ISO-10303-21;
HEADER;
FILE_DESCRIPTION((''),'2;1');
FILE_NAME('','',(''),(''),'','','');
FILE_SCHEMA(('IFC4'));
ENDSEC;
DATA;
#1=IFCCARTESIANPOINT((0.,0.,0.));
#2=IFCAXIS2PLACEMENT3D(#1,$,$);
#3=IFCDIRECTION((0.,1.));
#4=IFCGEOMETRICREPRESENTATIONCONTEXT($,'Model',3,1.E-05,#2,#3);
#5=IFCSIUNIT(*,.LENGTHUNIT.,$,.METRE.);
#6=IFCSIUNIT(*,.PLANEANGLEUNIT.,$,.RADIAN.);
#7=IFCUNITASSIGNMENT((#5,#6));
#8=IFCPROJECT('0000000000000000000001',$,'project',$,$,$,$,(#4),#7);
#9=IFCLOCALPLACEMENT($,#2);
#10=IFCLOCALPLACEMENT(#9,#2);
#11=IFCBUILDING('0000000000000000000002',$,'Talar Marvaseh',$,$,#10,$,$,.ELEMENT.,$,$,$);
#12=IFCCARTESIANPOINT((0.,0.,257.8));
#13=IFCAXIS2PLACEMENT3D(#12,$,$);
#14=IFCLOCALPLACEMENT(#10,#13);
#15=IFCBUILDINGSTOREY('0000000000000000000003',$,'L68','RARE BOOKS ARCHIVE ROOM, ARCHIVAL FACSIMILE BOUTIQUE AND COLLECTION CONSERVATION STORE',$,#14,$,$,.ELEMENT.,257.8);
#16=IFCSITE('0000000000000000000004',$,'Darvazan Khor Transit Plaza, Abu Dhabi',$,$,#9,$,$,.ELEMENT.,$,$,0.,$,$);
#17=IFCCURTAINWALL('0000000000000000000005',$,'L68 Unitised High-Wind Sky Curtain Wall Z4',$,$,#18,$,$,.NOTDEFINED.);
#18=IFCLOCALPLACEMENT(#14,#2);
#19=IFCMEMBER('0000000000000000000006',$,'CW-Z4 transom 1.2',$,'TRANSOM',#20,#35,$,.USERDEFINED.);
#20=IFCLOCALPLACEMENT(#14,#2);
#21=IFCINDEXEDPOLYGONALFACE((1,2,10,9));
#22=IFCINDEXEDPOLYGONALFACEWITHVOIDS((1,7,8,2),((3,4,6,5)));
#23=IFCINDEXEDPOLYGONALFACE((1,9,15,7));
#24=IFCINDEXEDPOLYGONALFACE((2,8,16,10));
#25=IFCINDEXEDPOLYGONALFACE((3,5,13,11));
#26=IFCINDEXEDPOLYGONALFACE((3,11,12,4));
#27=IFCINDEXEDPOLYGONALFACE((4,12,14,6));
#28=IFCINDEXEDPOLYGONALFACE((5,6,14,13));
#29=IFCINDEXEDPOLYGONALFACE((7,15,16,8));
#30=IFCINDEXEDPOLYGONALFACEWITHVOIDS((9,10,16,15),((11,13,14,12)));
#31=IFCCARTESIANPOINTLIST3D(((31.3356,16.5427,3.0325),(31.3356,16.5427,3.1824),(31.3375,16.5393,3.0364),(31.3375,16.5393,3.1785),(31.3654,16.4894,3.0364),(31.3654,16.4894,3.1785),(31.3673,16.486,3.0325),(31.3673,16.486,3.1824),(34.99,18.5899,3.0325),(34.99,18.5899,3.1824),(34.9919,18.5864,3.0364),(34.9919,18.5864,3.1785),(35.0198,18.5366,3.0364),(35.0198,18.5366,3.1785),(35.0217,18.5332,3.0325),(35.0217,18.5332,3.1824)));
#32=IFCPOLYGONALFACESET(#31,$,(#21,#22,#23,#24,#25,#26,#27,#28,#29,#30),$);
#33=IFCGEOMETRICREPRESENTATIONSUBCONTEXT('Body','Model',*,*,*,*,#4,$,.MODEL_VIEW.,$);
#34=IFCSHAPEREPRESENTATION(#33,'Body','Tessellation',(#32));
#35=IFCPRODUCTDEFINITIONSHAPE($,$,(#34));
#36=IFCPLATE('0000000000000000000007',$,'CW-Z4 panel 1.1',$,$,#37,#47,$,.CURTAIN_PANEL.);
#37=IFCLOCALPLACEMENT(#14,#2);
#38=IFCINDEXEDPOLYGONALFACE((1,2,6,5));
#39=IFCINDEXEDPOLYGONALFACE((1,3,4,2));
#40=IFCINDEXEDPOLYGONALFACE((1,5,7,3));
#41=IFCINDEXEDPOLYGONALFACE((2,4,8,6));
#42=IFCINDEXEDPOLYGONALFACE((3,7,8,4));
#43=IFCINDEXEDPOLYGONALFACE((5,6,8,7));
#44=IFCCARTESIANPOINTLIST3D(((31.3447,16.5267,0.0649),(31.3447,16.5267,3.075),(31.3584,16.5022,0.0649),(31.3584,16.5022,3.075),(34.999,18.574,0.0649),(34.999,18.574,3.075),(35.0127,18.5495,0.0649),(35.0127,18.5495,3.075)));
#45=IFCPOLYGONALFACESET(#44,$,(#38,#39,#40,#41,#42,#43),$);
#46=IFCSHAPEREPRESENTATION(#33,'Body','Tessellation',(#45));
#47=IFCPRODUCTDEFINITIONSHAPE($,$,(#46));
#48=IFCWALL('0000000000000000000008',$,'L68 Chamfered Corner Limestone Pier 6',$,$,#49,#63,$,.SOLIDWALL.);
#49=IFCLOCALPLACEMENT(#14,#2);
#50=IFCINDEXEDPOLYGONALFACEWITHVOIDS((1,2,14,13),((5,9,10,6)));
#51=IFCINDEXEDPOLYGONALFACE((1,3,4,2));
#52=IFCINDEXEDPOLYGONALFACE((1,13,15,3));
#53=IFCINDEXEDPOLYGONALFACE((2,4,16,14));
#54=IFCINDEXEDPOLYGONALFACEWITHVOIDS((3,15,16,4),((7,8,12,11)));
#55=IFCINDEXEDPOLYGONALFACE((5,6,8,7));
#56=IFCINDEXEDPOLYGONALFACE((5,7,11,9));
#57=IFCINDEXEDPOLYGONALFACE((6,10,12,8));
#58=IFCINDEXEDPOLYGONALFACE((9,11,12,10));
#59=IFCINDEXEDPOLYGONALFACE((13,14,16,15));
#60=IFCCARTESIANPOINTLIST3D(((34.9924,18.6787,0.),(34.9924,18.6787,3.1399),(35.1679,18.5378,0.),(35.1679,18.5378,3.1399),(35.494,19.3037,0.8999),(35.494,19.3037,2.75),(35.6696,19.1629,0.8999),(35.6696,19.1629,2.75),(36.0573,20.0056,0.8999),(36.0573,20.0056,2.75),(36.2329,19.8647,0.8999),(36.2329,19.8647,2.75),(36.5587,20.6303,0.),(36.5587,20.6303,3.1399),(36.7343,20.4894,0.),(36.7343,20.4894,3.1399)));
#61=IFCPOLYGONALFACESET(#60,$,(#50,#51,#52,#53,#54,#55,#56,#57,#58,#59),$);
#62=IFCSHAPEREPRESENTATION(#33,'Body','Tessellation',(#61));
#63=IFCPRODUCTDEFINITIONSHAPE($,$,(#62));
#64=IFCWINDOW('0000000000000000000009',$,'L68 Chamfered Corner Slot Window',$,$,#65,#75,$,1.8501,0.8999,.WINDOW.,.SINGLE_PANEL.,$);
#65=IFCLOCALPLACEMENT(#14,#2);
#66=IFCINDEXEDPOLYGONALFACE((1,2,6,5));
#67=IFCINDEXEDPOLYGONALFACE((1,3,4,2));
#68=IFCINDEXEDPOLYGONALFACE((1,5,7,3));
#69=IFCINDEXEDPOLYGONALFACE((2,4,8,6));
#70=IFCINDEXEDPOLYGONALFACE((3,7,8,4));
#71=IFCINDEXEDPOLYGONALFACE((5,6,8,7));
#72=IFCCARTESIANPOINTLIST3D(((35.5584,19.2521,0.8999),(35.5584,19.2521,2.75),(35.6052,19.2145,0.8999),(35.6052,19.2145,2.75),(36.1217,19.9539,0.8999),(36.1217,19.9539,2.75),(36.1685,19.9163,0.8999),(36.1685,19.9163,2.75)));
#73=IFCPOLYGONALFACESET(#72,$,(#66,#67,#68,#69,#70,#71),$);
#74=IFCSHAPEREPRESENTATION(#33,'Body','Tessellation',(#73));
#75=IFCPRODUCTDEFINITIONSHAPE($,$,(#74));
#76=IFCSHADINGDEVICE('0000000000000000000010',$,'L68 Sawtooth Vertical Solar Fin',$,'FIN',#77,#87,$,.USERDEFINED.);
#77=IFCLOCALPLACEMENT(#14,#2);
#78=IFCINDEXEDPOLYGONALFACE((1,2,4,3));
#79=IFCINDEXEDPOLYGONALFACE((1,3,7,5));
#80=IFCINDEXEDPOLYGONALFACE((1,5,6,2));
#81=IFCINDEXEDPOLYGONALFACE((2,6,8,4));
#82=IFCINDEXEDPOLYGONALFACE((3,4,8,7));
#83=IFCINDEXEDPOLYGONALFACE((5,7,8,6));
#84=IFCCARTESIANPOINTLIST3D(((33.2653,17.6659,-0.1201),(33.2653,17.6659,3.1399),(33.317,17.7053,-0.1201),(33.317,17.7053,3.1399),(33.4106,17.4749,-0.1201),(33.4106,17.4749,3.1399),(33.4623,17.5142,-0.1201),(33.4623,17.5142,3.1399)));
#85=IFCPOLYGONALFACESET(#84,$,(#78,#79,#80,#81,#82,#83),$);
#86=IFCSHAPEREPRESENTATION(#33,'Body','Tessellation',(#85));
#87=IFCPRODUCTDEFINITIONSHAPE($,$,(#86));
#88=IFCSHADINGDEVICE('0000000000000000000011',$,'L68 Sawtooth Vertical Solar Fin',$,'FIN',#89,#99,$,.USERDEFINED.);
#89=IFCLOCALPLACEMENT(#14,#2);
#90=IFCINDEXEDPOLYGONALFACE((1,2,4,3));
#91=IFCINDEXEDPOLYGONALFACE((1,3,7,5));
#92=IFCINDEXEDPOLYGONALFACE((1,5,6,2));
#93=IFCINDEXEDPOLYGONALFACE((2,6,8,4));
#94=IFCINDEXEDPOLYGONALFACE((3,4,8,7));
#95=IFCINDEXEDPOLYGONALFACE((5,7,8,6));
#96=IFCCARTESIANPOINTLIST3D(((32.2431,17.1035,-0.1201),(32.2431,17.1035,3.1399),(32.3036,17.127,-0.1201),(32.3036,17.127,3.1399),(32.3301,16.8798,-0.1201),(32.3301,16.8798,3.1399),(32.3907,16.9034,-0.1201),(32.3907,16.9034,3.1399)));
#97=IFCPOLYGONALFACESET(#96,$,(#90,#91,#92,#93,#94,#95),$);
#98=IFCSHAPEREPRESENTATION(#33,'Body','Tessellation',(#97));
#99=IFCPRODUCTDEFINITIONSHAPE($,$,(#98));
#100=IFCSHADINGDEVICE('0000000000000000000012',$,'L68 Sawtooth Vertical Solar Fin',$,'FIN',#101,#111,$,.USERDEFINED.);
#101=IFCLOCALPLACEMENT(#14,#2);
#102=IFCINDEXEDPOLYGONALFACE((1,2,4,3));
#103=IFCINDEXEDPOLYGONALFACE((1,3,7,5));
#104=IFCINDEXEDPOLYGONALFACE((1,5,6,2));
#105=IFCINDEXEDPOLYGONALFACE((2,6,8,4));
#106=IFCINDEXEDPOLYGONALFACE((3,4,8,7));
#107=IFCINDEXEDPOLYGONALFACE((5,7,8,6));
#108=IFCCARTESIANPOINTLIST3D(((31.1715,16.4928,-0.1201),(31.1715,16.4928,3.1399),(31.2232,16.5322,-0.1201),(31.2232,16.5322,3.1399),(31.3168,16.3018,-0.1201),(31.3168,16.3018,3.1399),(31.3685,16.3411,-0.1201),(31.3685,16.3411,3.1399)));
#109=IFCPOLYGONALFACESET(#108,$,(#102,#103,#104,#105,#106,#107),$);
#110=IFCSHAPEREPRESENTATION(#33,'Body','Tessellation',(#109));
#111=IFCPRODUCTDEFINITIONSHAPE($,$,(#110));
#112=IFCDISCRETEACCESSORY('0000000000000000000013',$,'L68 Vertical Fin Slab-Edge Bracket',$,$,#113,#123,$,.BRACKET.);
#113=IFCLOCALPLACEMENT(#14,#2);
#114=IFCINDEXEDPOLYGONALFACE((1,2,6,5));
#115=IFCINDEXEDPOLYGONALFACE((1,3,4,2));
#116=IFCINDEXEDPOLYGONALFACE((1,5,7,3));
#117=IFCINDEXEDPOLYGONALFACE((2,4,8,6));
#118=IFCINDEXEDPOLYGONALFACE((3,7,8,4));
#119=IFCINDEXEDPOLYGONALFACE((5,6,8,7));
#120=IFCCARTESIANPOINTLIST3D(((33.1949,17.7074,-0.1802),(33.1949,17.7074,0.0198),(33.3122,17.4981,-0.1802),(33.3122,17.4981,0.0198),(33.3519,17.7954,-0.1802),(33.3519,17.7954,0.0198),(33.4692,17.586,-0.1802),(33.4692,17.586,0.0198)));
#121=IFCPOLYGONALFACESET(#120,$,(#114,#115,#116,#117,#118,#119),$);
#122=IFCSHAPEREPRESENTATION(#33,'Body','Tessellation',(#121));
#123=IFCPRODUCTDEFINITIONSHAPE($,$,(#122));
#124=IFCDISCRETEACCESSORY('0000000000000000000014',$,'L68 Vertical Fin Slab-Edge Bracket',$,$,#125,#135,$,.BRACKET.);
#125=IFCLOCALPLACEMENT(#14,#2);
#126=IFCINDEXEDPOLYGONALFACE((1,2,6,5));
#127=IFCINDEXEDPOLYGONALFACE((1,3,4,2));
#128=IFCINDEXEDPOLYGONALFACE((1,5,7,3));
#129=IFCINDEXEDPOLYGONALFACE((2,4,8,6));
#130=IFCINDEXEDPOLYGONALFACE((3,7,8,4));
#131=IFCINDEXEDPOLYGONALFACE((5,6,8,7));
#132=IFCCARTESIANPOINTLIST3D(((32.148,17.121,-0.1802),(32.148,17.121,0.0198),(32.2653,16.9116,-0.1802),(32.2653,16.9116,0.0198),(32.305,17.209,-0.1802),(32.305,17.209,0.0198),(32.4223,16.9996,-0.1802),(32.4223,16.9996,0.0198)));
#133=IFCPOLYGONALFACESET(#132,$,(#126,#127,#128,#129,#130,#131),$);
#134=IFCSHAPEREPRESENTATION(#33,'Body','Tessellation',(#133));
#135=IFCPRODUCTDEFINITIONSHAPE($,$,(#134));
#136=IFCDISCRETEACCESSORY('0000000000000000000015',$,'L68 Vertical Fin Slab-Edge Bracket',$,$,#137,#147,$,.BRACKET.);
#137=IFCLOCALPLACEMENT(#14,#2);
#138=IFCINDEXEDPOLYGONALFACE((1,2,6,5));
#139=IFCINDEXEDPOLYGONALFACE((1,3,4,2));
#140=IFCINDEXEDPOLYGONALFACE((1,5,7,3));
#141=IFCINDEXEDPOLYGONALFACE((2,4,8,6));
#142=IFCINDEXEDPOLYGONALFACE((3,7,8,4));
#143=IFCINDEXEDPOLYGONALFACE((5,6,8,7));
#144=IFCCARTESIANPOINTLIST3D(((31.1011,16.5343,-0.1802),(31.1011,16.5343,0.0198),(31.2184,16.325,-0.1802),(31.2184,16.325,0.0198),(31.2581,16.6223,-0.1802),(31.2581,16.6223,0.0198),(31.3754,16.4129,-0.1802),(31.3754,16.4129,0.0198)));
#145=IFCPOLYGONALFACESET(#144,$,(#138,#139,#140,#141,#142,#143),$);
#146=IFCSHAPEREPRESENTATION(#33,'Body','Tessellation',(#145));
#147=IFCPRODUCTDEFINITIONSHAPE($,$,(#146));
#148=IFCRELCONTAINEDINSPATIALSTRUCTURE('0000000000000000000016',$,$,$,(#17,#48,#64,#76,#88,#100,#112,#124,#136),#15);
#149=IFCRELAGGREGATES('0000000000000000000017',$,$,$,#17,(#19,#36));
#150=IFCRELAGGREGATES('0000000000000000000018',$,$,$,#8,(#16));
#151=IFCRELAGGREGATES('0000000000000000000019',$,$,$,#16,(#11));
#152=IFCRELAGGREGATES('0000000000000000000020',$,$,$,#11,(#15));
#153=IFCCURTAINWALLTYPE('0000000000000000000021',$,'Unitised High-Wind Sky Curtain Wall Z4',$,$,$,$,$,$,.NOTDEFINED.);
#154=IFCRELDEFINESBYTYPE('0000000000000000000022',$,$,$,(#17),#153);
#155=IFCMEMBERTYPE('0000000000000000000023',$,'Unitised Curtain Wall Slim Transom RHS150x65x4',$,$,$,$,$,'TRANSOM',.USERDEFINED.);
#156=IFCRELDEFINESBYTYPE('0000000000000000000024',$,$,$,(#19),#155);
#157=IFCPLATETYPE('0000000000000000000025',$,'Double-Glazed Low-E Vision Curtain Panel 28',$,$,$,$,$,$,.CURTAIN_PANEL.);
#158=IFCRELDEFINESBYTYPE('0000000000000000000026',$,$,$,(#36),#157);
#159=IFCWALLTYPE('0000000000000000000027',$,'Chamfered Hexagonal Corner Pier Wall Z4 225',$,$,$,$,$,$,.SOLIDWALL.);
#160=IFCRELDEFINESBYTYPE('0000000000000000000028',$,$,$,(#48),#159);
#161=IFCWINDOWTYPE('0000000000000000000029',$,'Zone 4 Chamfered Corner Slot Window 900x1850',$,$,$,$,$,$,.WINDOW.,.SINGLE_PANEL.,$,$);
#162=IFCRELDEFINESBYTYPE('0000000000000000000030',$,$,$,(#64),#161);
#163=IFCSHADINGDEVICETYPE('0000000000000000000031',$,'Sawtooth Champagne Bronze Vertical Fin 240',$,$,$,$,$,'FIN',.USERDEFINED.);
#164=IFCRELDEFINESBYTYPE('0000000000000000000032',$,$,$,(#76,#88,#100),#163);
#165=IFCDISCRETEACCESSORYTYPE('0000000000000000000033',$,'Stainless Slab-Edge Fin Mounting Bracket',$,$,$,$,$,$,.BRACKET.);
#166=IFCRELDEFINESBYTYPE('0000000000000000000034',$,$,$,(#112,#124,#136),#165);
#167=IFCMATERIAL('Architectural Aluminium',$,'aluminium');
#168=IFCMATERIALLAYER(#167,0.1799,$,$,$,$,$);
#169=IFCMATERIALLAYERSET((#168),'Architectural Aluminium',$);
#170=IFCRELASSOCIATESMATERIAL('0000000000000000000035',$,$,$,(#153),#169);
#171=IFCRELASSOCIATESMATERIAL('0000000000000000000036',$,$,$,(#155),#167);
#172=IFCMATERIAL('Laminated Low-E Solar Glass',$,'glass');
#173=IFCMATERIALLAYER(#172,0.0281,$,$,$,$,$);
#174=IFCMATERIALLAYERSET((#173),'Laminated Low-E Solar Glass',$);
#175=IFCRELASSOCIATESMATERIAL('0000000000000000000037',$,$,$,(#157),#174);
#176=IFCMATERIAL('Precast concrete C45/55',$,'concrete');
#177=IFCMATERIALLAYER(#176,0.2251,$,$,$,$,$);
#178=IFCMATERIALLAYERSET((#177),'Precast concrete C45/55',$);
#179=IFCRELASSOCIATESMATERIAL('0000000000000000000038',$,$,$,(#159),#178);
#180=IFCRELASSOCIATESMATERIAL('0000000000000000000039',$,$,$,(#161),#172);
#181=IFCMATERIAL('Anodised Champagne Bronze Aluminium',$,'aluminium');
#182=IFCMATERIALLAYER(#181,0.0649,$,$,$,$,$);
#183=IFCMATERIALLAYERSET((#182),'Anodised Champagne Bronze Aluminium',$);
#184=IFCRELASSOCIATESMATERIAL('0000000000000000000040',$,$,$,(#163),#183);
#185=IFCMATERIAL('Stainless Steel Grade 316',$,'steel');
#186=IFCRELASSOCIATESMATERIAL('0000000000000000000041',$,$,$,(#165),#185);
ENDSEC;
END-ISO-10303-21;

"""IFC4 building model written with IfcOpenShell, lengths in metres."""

from ifc_helpers import new_model, si_unit, direction, frame, frame_2d, origin, origin_2d, place, context, subcontext, project, spatial, rectangle, hollow_rectangle, extrude, source, transform, mapped, material, layer, layer_set, material_profile, profile_set, type_object, type_shapes, element, fill, aggregate, save


model = new_model("IFC4")

# Units and contexts
model_context = context("Model", 3, precision=1e-05, world=origin(), true_north=direction((0.0, 1.0)))
body_context = subcontext(model_context, "Body", "Model", "MODEL_VIEW")
ifc_project = project(units=[si_unit("LENGTHUNIT", "METRE"), si_unit("PLANEANGLEUNIT", "RADIAN")], contexts=[model_context])

# Site, building, storey
site_placement = place(None, origin())
site = spatial("IfcSite", under=ifc_project, at=site_placement, Name="Darvazan Khor Transit Plaza, Abu Dhabi", CompositionType="ELEMENT", RefElevation=0.0)
building_placement = place(site_placement, origin())
building = spatial("IfcBuilding", under=site, at=building_placement, Name="Talar Marvaseh", CompositionType="ELEMENT")
storey_placement = place(building_placement, frame((0.0, 0.0, 257.8)))
storey = spatial("IfcBuildingStorey", under=building, at=storey_placement, Name="L68", Description="RARE BOOKS ARCHIVE ROOM, ARCHIVAL FACSIMILE BOUTIQUE AND COLLECTION CONSERVATION STORE", CompositionType="ELEMENT", Elevation=257.8)

# Curtain wall, member, plate
ifc_material_1 = material(Name="Architectural Aluminium", Category="aluminium")
ifc_layer_1 = layer(ifc_material_1, 0.1799)
ifc_layer_set_1 = layer_set([ifc_layer_1], Name="Architectural Aluminium")
curtain_wall_type = type_object("IfcCurtainWallType", Name="Unitised High-Wind Sky Curtain Wall Z4", PredefinedType="NOTDEFINED", material=ifc_layer_set_1)
curtain_wall_placement = place(storey_placement, origin())
curtain_wall = element("IfcCurtainWall", 1, at=curtain_wall_placement, inside=storey, type_object=curtain_wall_type, Name="L68 Unitised High-Wind Sky Curtain Wall Z4", PredefinedType="NOTDEFINED")
ifc_material_profile_1 = material_profile(ifc_material_1, hollow_rectangle(XDim=0.0649, YDim=0.1499, WallThickness=0.0039, at=origin_2d()), Name="RHS150x65x4")
ifc_profile_set_1 = profile_set([ifc_material_profile_1], Name="Architectural Aluminium")
member_type_1 = type_object("IfcMemberType", Name="Unitised Curtain Wall Slim Transom RHS150x65x4", ElementType="TRANSOM", PredefinedType="USERDEFINED", material=ifc_profile_set_1)
shared_shape_1 = source(origin(), body_context, "Body", "SweptSolid", [
    extrude(hollow_rectangle(XDim=0.0649, YDim=0.1499, WallThickness=0.0039, at=origin_2d()), origin(), (0.0, 0.0, 1.0), 4.1887),
])
member_1_placement = place(storey_placement, frame((35.0059, 18.5615, 3.1074), z_axis=(-0.872433, -0.488733, 0.0), x_axis=(0.488733, -0.872433, 0.0)))
member_1 = element("IfcMember", 2, at=member_1_placement, type_object=member_type_1, Name="CW-Z4 transom 1.2", ObjectType="TRANSOM", PredefinedType="USERDEFINED", context=body_context, shape_type="MappedRepresentation", body=[
    mapped(shared_shape_1, transform((0.0, 0.0, 0.0), x_axis=(1.0, 0.0, 0.0), y_axis=(0.0, 1.0, 0.0), z_axis=(0.0, 0.0, 1.0), scale=1.0)),
])
ifc_material_2 = material(Name="Laminated Low-E Solar Glass", Category="glass")
ifc_layer_2 = layer(ifc_material_2, 0.0281)
ifc_layer_set_2 = layer_set([ifc_layer_2], Name="Laminated Low-E Solar Glass")
plate_type = type_object("IfcPlateType", Name="Double-Glazed Low-E Vision Curtain Panel 28", PredefinedType="CURTAIN_PANEL", material=ifc_layer_set_2)
shared_shape_2 = source(origin(), body_context, "Body", "SweptSolid", [
    extrude(rectangle(XDim=4.1887, YDim=0.0281, at=origin_2d()), origin(), (0.0, 0.0, 1.0), 3.01),
])
type_shapes(plate_type, [shared_shape_2])
plate_placement = place(storey_placement, frame((33.1787, 17.5381, 0.0649), z_axis=(0.0, 0.0, 1.0), x_axis=(-0.872422, -0.488754, 0.0)))
plate = element("IfcPlate", 3, at=plate_placement, type_object=plate_type, Name="CW-Z4 panel 1.1", PredefinedType="CURTAIN_PANEL", context=body_context, shape_type="MappedRepresentation", body=[
    mapped(shared_shape_2, transform((0.0, 0.0, 0.0), x_axis=(1.0, 0.0, 0.0), y_axis=(0.0, 1.0, 0.0), z_axis=(0.0, 0.0, 1.0), scale=1.0)),
])
aggregate(curtain_wall, [member_1, plate])

# Wall, opening, window
ifc_material_3 = material(Name="Precast concrete C45/55", Category="concrete")
ifc_layer_3 = layer(ifc_material_3, 0.2251)
ifc_layer_set_3 = layer_set([ifc_layer_3], Name="Precast concrete C45/55")
wall_type = type_object("IfcWallType", Name="Chamfered Hexagonal Corner Pier Wall Z4 225", PredefinedType="SOLIDWALL", material=ifc_layer_set_3)
wall_placement = place(storey_placement, frame((36.6465, 20.5598, 0.0), z_axis=(0.0, 0.0, 1.0), x_axis=(-0.625932, -0.779878, 0.0)))
wall = element("IfcWall", 4, at=wall_placement, inside=storey, type_object=wall_type, Name="L68 Chamfered Corner Limestone Pier 6", PredefinedType="SOLIDWALL", context=body_context, shape_type="SweptSolid", body=[
    extrude(rectangle(XDim=2.5024, YDim=0.2251, at=frame_2d((1.2512, 0.0))), origin(), (0.0, 0.0, 1.0), 3.1399),
])
opening_placement = place(wall_placement, frame((0.801, 0.0, 0.8999)))
opening = element("IfcOpeningElement", 5, at=opening_placement, cuts=wall, PredefinedType="OPENING", context=body_context, shape_type="SweptSolid", body=[
    extrude(rectangle(XDim=0.8999, YDim=1.8501, at=frame_2d((0.45, 0.925))), frame((0.0, 0.1226, 0.0), z_axis=(0.0, -1.0, 0.0), x_axis=(1.0, 0.0, 0.0)), (0.0, 0.0, 1.0), 0.2451),
])
window_type = type_object("IfcWindowType", Name="Zone 4 Chamfered Corner Slot Window 900x1850", PartitioningType="SINGLE_PANEL", PredefinedType="WINDOW", material=ifc_material_2)
shared_shape_3 = source(origin(), body_context, "Body", "SweptSolid", [
    extrude(rectangle(XDim=0.8999, YDim=1.8501, at=frame_2d((0.45, 0.925))), frame((0.0, 0.03, 0.0), z_axis=(0.0, -1.0, 0.0), x_axis=(1.0, 0.0, 0.0)), (0.0, 0.0, 1.0), 0.0601),
])
type_shapes(window_type, [shared_shape_3])
window_placement = place(opening_placement, origin())
window = element("IfcWindow", 6, at=window_placement, inside=storey, type_object=window_type, Name="L68 Chamfered Corner Slot Window", OverallHeight=1.8501, OverallWidth=0.8999, PartitioningType="SINGLE_PANEL", PredefinedType="WINDOW", context=body_context, shape_type="MappedRepresentation", body=[
    mapped(shared_shape_3, transform((0.0, 0.0, 0.0), x_axis=(1.0, 0.0, 0.0), y_axis=(0.0, 1.0, 0.0), z_axis=(0.0, 0.0, 1.0), scale=1.0)),
])
fill(opening, window)

# Shading devices
ifc_material_4 = material(Name="Anodised Champagne Bronze Aluminium", Category="aluminium")
ifc_layer_4 = layer(ifc_material_4, 0.0649)
ifc_layer_set_4 = layer_set([ifc_layer_4], Name="Anodised Champagne Bronze Aluminium")
shading_device_type = type_object("IfcShadingDeviceType", Name="Sawtooth Champagne Bronze Vertical Fin 240", ElementType="FIN", PredefinedType="USERDEFINED", material=ifc_layer_set_4)
shared_shape_4 = source(origin(), body_context, "Body", "SweptSolid", [
    extrude(rectangle(XDim=0.24, YDim=0.0649, at=origin_2d()), origin(), (0.0, 0.0, 1.0), 3.26),
])
type_shapes(shading_device_type, [shared_shape_4])
for number, where, z_axis, x_axis, name in (
    (7, (33.3638, 17.5901, -0.1201), (0.0, 0.0, 1.0), (0.605433, -0.795896, 0.0), "L68 Sawtooth Vertical Solar Fin"),
    (8, (32.3169, 17.0034, -0.1201), (0.0, 0.0, 1.0), (0.362601, -0.931945, 0.0), "L68 Sawtooth Vertical Solar Fin"),
    (9, (31.27, 16.417, -0.1201), (0.0, 0.0, 1.0), (0.605433, -0.795896, 0.0), "L68 Sawtooth Vertical Solar Fin"),
):
    element("IfcShadingDevice", number, at=place(storey_placement, frame(where, z_axis=z_axis, x_axis=x_axis)), inside=storey, type_object=shading_device_type, Name=name, ObjectType="FIN", PredefinedType="USERDEFINED", context=body_context, shape_type="MappedRepresentation", body=[
        mapped(shared_shape_4, transform((0.0, 0.0, 0.0), x_axis=(1.0, 0.0, 0.0), y_axis=(0.0, 1.0, 0.0), z_axis=(0.0, 0.0, 1.0), scale=1.0)),
    ])

# Discrete accessories
ifc_material_5 = material(Name="Stainless Steel Grade 316", Category="steel")
discrete_accessory_type = type_object("IfcDiscreteAccessoryType", Name="Stainless Slab-Edge Fin Mounting Bracket", PredefinedType="BRACKET", material=ifc_material_5)
shared_shape_5 = source(origin(), body_context, "Body", "SweptSolid", [
    extrude(rectangle(XDim=0.24, YDim=0.1799, at=origin_2d()), origin(), (0.0, 0.0, 1.0), 0.2),
])
type_shapes(discrete_accessory_type, [shared_shape_5])
for number, where, z_axis, x_axis, name in (
    (10, (33.332, 17.6467, -0.1802), (0.0, 0.0, 1.0), (0.488774, -0.872411, 0.0), "L68 Vertical Fin Slab-Edge Bracket"),
    (11, (32.2852, 17.0603, -0.1802), (0.0, 0.0, 1.0), (0.488774, -0.872411, 0.0), "L68 Vertical Fin Slab-Edge Bracket"),
    (12, (31.2383, 16.4736, -0.1802), (0.0, 0.0, 1.0), (0.488774, -0.872411, 0.0), "L68 Vertical Fin Slab-Edge Bracket"),
):
    element("IfcDiscreteAccessory", number, at=place(storey_placement, frame(where, z_axis=z_axis, x_axis=x_axis)), inside=storey, type_object=discrete_accessory_type, Name=name, PredefinedType="BRACKET", context=body_context, shape_type="MappedRepresentation", body=[
        mapped(shared_shape_5, transform((0.0, 0.0, 0.0), x_axis=(1.0, 0.0, 0.0), y_axis=(0.0, 1.0, 0.0), z_axis=(0.0, 0.0, 1.0), scale=1.0)),
    ])

save(model, "model.ifc")
